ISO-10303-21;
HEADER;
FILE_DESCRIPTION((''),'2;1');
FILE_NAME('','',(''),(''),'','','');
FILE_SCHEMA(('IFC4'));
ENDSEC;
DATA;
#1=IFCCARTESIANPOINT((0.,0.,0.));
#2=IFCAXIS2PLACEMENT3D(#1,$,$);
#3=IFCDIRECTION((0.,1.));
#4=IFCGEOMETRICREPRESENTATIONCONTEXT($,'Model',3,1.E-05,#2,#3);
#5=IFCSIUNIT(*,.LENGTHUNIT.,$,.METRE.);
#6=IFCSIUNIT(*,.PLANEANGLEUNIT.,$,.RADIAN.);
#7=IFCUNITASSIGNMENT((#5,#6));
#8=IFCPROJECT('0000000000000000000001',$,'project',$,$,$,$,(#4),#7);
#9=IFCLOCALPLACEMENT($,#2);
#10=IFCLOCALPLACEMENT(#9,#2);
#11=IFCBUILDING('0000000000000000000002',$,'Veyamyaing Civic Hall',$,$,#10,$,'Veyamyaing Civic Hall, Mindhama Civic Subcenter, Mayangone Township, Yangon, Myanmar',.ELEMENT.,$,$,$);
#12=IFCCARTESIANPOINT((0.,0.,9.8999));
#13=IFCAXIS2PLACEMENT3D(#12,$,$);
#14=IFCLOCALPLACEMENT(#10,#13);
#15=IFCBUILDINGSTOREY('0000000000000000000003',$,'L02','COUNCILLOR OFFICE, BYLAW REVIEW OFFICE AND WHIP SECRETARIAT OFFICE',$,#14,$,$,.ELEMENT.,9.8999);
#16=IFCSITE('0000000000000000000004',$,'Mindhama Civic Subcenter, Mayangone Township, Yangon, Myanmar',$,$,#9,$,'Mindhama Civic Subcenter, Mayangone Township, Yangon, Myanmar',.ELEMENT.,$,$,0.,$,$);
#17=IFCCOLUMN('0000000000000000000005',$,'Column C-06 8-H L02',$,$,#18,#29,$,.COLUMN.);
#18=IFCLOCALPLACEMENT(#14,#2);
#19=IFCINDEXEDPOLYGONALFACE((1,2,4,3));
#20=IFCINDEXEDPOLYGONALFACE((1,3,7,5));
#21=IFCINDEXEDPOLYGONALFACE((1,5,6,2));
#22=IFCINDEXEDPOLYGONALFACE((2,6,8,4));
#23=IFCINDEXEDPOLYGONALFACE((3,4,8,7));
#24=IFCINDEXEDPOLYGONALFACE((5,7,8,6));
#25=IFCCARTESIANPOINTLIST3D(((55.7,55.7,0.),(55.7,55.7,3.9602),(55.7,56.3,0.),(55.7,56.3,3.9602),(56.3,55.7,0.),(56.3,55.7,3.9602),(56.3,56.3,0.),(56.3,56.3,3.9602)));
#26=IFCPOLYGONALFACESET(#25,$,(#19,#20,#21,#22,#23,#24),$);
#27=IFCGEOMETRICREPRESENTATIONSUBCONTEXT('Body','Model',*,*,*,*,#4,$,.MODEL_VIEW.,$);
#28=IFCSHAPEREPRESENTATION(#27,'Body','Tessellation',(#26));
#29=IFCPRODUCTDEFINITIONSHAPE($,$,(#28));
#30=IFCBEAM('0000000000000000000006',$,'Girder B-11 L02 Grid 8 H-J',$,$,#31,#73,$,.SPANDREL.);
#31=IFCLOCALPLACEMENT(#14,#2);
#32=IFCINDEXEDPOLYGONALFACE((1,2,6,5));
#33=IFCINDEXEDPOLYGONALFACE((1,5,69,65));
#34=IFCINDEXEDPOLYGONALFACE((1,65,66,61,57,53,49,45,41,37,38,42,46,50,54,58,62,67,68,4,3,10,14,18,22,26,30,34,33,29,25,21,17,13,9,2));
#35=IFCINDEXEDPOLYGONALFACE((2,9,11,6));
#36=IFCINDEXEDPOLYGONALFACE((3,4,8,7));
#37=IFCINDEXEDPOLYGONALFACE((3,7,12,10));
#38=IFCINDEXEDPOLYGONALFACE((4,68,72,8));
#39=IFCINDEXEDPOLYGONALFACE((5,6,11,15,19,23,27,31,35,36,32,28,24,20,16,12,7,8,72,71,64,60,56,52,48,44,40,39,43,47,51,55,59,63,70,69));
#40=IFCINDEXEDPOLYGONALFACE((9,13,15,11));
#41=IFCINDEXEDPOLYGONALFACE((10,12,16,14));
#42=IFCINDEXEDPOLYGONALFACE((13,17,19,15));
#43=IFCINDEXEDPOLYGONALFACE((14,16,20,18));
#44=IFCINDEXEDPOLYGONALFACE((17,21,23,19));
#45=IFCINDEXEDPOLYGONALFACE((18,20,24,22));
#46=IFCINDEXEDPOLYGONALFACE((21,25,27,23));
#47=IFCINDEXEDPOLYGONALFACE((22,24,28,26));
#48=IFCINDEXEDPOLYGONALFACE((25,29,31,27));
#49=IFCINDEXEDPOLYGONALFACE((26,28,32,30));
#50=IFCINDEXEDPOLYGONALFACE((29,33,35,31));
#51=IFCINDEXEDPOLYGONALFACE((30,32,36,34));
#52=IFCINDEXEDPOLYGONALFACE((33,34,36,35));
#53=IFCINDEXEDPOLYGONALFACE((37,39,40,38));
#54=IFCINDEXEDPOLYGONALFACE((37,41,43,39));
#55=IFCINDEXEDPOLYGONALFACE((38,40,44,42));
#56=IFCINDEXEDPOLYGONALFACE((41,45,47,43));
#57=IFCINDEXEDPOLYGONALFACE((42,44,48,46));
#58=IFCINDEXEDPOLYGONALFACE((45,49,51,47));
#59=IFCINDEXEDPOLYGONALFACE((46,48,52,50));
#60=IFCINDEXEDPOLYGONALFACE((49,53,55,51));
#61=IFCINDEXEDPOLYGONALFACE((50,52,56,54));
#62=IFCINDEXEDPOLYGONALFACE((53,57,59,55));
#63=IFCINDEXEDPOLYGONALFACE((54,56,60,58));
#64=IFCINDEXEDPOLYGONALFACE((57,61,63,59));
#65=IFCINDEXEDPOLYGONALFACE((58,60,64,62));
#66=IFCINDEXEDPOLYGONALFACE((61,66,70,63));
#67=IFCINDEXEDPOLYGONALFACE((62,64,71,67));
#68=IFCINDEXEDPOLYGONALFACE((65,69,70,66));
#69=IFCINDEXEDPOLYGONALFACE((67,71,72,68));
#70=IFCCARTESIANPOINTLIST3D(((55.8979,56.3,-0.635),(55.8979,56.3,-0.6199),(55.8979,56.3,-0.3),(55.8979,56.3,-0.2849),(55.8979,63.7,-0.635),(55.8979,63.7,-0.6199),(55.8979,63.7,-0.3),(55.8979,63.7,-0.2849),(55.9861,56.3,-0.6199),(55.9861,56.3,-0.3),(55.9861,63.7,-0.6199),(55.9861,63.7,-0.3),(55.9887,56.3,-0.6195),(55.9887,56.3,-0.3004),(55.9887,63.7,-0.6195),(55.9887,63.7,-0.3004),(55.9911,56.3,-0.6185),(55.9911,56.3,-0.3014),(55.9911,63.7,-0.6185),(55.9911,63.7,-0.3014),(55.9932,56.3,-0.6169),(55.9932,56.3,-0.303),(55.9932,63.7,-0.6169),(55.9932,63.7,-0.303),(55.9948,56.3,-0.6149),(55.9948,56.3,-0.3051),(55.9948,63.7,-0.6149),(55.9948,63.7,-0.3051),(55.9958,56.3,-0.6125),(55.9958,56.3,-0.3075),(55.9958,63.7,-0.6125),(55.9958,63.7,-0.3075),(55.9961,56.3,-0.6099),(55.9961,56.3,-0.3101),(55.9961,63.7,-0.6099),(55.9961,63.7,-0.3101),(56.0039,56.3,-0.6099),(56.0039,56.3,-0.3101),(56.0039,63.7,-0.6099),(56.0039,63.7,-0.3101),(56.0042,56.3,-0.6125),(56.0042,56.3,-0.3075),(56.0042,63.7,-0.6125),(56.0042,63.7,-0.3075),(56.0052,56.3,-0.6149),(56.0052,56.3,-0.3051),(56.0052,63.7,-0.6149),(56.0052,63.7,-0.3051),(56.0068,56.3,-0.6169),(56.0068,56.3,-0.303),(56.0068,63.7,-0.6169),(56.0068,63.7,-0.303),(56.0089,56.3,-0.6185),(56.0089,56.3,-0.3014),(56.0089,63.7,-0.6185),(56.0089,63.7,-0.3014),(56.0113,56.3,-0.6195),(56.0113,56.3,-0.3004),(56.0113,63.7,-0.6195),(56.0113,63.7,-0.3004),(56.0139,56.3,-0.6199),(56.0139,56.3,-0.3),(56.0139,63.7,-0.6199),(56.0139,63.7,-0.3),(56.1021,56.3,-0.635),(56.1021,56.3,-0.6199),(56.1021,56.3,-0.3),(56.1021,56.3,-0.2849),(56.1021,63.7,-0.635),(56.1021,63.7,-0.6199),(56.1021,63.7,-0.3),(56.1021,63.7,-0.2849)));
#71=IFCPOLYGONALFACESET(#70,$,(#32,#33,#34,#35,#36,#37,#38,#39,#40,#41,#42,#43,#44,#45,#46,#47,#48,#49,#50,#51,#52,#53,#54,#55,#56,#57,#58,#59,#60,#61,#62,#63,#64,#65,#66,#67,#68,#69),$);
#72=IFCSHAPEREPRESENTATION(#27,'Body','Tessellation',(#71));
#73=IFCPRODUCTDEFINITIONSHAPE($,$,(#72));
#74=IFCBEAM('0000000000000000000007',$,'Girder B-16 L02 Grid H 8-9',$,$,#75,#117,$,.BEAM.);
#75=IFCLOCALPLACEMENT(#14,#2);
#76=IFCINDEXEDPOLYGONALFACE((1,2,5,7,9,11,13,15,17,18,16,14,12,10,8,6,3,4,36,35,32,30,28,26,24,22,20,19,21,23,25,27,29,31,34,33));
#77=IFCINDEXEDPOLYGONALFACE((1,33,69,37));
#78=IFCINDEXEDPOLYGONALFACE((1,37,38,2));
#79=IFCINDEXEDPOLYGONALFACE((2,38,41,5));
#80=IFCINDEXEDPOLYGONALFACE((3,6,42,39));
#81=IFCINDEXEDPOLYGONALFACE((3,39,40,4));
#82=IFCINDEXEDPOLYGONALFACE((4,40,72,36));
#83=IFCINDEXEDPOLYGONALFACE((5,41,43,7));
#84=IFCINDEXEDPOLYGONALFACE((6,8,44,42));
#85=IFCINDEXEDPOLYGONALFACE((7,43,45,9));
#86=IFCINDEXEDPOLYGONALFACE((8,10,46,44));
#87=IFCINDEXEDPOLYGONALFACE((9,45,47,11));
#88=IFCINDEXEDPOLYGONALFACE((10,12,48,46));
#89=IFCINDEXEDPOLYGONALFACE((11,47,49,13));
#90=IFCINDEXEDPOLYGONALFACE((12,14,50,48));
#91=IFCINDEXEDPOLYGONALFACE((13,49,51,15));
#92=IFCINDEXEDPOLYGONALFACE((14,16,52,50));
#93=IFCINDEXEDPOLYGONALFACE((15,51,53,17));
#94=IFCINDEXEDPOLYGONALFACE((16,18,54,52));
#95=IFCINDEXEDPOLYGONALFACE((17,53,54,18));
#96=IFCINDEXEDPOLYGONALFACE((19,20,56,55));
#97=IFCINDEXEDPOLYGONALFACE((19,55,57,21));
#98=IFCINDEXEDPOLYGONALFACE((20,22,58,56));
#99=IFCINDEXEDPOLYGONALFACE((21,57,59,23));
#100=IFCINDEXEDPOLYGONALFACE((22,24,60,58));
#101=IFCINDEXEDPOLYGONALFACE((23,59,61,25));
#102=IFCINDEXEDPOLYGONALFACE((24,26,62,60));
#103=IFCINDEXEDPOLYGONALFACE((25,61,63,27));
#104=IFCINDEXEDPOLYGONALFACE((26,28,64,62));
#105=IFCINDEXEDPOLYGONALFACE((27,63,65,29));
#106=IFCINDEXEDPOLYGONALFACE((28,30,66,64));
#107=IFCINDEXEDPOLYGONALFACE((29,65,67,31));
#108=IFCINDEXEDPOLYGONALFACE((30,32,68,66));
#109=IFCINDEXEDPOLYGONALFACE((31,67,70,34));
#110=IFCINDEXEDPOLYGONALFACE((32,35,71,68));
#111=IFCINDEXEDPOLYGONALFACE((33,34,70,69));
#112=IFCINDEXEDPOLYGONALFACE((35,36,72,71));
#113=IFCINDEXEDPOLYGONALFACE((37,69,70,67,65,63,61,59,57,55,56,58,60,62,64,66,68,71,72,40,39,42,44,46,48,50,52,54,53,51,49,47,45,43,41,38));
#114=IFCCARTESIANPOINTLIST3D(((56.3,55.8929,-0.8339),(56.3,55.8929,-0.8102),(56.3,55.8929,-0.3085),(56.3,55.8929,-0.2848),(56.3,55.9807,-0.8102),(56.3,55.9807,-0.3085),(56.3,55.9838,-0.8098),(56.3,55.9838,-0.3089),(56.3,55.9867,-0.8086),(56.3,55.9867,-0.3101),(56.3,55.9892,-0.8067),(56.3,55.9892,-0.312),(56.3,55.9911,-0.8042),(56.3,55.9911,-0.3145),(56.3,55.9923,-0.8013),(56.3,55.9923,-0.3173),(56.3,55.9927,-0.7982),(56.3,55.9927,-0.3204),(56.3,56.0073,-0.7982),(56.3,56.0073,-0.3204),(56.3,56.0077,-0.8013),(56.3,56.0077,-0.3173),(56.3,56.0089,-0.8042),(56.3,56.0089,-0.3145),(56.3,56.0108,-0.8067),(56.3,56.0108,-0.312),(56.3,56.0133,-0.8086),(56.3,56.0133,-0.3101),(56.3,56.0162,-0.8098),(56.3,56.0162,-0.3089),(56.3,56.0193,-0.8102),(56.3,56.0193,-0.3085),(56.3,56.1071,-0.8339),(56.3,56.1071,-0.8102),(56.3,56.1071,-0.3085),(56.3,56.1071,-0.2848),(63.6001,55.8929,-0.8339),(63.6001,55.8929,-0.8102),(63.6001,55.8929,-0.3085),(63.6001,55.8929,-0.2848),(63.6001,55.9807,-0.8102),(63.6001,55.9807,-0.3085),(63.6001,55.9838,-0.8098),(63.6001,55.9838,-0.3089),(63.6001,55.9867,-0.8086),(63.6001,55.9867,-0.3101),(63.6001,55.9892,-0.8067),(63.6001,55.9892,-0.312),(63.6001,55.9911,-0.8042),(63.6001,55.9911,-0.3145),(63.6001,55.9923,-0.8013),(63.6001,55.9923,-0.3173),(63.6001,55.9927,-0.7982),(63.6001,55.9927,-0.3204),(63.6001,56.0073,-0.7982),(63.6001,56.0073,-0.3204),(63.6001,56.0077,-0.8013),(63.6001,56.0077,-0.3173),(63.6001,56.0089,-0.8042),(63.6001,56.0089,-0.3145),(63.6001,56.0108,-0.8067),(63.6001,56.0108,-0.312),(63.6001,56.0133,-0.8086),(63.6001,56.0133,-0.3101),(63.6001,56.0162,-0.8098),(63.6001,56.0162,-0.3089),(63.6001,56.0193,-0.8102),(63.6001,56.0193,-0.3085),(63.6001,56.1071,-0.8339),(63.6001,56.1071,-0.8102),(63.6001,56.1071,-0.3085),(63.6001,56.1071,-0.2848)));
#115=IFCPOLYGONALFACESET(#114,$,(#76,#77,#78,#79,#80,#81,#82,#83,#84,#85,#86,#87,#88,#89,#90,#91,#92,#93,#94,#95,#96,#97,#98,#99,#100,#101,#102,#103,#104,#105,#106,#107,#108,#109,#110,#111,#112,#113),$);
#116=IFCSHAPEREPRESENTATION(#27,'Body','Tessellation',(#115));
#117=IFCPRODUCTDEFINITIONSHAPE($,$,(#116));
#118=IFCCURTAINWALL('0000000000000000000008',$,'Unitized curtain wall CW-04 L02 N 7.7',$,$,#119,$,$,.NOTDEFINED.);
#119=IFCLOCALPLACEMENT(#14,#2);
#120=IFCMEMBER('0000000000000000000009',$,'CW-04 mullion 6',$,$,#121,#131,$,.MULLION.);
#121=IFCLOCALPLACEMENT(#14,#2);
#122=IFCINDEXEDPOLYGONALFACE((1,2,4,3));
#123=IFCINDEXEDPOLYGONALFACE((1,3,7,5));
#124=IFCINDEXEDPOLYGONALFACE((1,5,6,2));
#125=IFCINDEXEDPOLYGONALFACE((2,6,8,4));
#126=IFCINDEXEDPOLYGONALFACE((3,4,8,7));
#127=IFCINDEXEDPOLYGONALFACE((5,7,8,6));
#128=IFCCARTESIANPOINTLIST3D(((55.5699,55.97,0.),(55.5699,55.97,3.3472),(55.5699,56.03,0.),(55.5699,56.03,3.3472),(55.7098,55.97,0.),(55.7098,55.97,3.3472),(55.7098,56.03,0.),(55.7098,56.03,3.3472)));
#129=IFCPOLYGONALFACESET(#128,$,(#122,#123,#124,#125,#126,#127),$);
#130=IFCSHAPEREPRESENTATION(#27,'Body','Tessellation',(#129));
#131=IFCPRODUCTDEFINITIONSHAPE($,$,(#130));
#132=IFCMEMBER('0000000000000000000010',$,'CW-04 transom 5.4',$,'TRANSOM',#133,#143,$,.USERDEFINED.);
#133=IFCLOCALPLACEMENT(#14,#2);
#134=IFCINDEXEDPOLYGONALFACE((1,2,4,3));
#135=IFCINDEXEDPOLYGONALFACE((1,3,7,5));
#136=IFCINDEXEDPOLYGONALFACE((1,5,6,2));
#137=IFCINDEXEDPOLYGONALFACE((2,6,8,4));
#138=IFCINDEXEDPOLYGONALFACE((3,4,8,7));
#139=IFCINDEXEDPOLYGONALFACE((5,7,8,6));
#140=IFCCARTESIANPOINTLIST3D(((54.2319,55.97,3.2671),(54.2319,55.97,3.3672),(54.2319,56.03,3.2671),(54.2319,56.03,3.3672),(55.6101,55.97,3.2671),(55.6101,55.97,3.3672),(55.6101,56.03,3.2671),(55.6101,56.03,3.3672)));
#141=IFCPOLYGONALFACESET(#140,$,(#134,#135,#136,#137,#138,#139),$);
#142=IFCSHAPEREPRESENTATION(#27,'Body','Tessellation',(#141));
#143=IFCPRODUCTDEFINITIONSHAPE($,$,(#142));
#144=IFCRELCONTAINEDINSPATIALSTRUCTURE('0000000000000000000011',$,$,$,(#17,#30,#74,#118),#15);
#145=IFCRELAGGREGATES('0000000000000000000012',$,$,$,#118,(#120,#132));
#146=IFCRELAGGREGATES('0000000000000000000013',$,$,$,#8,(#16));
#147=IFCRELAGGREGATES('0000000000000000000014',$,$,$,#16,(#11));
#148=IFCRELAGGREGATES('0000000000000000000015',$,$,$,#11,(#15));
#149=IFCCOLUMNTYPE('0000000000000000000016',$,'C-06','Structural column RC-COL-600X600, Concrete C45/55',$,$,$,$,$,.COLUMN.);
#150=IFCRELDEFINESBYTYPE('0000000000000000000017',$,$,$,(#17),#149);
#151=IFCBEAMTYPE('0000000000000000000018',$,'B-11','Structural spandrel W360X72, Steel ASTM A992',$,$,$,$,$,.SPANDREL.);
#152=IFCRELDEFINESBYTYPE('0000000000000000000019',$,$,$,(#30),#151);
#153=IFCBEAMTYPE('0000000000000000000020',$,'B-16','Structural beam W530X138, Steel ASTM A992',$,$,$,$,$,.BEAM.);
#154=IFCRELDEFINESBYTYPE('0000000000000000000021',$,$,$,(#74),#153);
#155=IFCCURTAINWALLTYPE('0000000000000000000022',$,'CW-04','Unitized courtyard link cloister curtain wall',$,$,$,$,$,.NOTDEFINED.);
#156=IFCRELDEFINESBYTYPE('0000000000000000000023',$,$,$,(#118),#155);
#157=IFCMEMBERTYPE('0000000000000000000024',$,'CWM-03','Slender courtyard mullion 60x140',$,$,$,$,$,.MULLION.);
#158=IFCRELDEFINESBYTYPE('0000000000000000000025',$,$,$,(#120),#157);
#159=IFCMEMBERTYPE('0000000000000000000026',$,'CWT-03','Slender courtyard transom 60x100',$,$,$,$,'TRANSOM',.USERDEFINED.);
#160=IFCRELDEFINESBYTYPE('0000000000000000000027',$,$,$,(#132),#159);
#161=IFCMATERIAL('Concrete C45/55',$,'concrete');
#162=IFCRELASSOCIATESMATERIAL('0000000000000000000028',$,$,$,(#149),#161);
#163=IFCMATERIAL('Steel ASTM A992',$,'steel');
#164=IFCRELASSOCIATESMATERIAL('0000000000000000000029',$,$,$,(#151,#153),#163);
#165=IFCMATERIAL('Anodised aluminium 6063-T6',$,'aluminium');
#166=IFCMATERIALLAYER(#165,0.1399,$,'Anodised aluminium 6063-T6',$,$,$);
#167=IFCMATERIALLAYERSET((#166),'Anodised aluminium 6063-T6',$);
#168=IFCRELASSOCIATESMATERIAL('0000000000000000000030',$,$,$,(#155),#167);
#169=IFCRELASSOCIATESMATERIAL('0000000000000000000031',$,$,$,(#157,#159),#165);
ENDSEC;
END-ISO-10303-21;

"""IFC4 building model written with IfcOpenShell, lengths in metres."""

from ifc_helpers import new_model, si_unit, direction, frame, origin, origin_2d, place, context, subcontext, project, spatial, rectangle, i_section, extrude, material, layer, layer_set, material_profile, profile_set, type_object, element, aggregate, save


model = new_model("IFC4")

# Units and contexts
model_context = context("Model", 3, precision=1e-05, world=origin(), true_north=direction((0.0, 1.0)))
body_context = subcontext(model_context, "Body", "Model", "MODEL_VIEW")
ifc_project = project(units=[si_unit("LENGTHUNIT", "METRE"), si_unit("PLANEANGLEUNIT", "RADIAN")], contexts=[model_context])

# Site, building, storey
site_placement = place(None, origin())
site = spatial("IfcSite", under=ifc_project, at=site_placement, Name="Mindhama Civic Subcenter, Mayangone Township, Yangon, Myanmar", LongName="Mindhama Civic Subcenter, Mayangone Township, Yangon, Myanmar", CompositionType="ELEMENT", RefElevation=0.0)
building_placement = place(site_placement, origin())
building = spatial("IfcBuilding", under=site, at=building_placement, Name="Veyamyaing Civic Hall", LongName="Veyamyaing Civic Hall, Mindhama Civic Subcenter, Mayangone Township, Yangon, Myanmar", CompositionType="ELEMENT")
storey_placement = place(building_placement, frame((0.0, 0.0, 9.8999)))
storey = spatial("IfcBuildingStorey", under=building, at=storey_placement, Name="L02", Description="COUNCILLOR OFFICE, BYLAW REVIEW OFFICE AND WHIP SECRETARIAT OFFICE", CompositionType="ELEMENT", Elevation=9.8999)

# Column
ifc_material_1 = material(Name="Concrete C45/55", Category="concrete")
ifc_material_profile_1 = material_profile(ifc_material_1, rectangle(XDim=0.6001, YDim=0.6001, at=origin_2d()), Name="RC-COL-600X600")
ifc_profile_set_1 = profile_set([ifc_material_profile_1], Name="Concrete C45/55")
column_type = type_object("IfcColumnType", Name="C-06", Description="Structural column RC-COL-600X600, Concrete C45/55", PredefinedType="COLUMN", material=ifc_profile_set_1)
column_placement = place(storey_placement, frame((56.0, 56.0, 0.0), z_axis=(0.0, 0.0, 1.0), x_axis=(1.0, 0.0, 0.0)))
element("IfcColumn", 1, at=column_placement, inside=storey, type_object=column_type, Name="Column C-06 8-H L02", PredefinedType="COLUMN", context=body_context, shape_type="SweptSolid", body=[
    extrude(rectangle(XDim=0.6001, YDim=0.6001, at=origin_2d()), origin(), (0.0, 0.0, 1.0), 3.9602),
])

# Beams
ifc_material_2 = material(Name="Steel ASTM A992", Category="steel")
ifc_material_profile_2 = material_profile(ifc_material_2, i_section(OverallWidth=0.2041, OverallDepth=0.3501, WebThickness=0.0078, FlangeThickness=0.0151, FilletRadius=0.01, at=origin_2d()), Name="W360X72")
ifc_profile_set_2 = profile_set([ifc_material_profile_2], Name="Steel ASTM A992")
beam_type_1 = type_object("IfcBeamType", Name="B-11", Description="Structural spandrel W360X72, Steel ASTM A992", PredefinedType="SPANDREL", material=ifc_profile_set_2)
beam_1_placement = place(storey_placement, frame((56.0, 56.3, -0.46), z_axis=(0.0, 1.0, 0.0), x_axis=(-1.0, 0.0, 0.0)))
element("IfcBeam", 2, at=beam_1_placement, inside=storey, type_object=beam_type_1, Name="Girder B-11 L02 Grid 8 H-J", PredefinedType="SPANDREL", context=body_context, shape_type="SweptSolid", body=[
    extrude(i_section(OverallWidth=0.2041, OverallDepth=0.3501, WebThickness=0.0078, FlangeThickness=0.0151, FilletRadius=0.01, at=origin_2d()), origin(), (0.0, 0.0, 1.0), 7.3999),
])
ifc_material_profile_3 = material_profile(ifc_material_2, i_section(OverallWidth=0.2141, OverallDepth=0.5491, WebThickness=0.0146, FlangeThickness=0.0237, FilletRadius=0.012, at=origin_2d()), Name="W530X138")
ifc_profile_set_3 = profile_set([ifc_material_profile_3], Name="Steel ASTM A992")
beam_type_2 = type_object("IfcBeamType", Name="B-16", Description="Structural beam W530X138, Steel ASTM A992", PredefinedType="BEAM", material=ifc_profile_set_3)
beam_2_placement = place(storey_placement, frame((56.3, 56.0, -0.5593), z_axis=(1.0, 0.0, 0.0), x_axis=(0.0, 1.0, 0.0)))
element("IfcBeam", 3, at=beam_2_placement, inside=storey, type_object=beam_type_2, Name="Girder B-16 L02 Grid H 8-9", PredefinedType="BEAM", context=body_context, shape_type="SweptSolid", body=[
    extrude(i_section(OverallWidth=0.2141, OverallDepth=0.5491, WebThickness=0.0146, FlangeThickness=0.0237, FilletRadius=0.012, at=origin_2d()), origin(), (0.0, 0.0, 1.0), 7.3),
])

# Curtain wall, members
ifc_material_3 = material(Name="Anodised aluminium 6063-T6", Category="aluminium")
ifc_layer_1 = layer(ifc_material_3, 0.1399, Name="Anodised aluminium 6063-T6")
ifc_layer_set_1 = layer_set([ifc_layer_1], Name="Anodised aluminium 6063-T6")
curtain_wall_type = type_object("IfcCurtainWallType", Name="CW-04", Description="Unitized courtyard link cloister curtain wall", PredefinedType="NOTDEFINED", material=ifc_layer_set_1)
curtain_wall_placement = place(storey_placement, origin())
curtain_wall = element("IfcCurtainWall", 4, at=curtain_wall_placement, inside=storey, type_object=curtain_wall_type, Name="Unitized curtain wall CW-04 L02 N 7.7", PredefinedType="NOTDEFINED")
ifc_material_profile_4 = material_profile(ifc_material_3, rectangle(XDim=0.0601, YDim=0.1399, at=origin_2d()), Name="ALU-MUL-60X140")
ifc_profile_set_4 = profile_set([ifc_material_profile_4], Name="Anodised aluminium 6063-T6")
member_type_1 = type_object("IfcMemberType", Name="CWM-03", Description="Slender courtyard mullion 60x140", PredefinedType="MULLION", material=ifc_profile_set_4)
member_1_placement = place(storey_placement, frame((55.6399, 56.0, 0.0), z_axis=(0.0, 0.0, 1.0), x_axis=(0.0, 1.0, 0.0)))
member_1 = element("IfcMember", 5, at=member_1_placement, type_object=member_type_1, Name="CW-04 mullion 6", PredefinedType="MULLION", context=body_context, shape_type="SweptSolid", body=[
    extrude(rectangle(XDim=0.0601, YDim=0.1399, at=origin_2d()), origin(), (0.0, 0.0, 1.0), 3.3472),
])
ifc_material_profile_5 = material_profile(ifc_material_3, rectangle(XDim=0.0601, YDim=0.1001, at=origin_2d()), Name="ALU-TRN-60X100")
ifc_profile_set_5 = profile_set([ifc_material_profile_5], Name="Anodised aluminium 6063-T6")
member_type_2 = type_object("IfcMemberType", Name="CWT-03", Description="Slender courtyard transom 60x100", ElementType="TRANSOM", PredefinedType="USERDEFINED", material=ifc_profile_set_5)
member_2_placement = place(storey_placement, frame((54.2319, 56.0, 3.3171), z_axis=(1.0, 0.0, 0.0), x_axis=(0.0, 1.0, 0.0)))
member_2 = element("IfcMember", 6, at=member_2_placement, type_object=member_type_2, Name="CW-04 transom 5.4", ObjectType="TRANSOM", PredefinedType="USERDEFINED", context=body_context, shape_type="SweptSolid", body=[
    extrude(rectangle(XDim=0.0601, YDim=0.1001, at=origin_2d()), origin(), (0.0, 0.0, 1.0), 1.3782),
])

aggregate(curtain_wall, [member_1, member_2])

save(model, "model.ifc")
